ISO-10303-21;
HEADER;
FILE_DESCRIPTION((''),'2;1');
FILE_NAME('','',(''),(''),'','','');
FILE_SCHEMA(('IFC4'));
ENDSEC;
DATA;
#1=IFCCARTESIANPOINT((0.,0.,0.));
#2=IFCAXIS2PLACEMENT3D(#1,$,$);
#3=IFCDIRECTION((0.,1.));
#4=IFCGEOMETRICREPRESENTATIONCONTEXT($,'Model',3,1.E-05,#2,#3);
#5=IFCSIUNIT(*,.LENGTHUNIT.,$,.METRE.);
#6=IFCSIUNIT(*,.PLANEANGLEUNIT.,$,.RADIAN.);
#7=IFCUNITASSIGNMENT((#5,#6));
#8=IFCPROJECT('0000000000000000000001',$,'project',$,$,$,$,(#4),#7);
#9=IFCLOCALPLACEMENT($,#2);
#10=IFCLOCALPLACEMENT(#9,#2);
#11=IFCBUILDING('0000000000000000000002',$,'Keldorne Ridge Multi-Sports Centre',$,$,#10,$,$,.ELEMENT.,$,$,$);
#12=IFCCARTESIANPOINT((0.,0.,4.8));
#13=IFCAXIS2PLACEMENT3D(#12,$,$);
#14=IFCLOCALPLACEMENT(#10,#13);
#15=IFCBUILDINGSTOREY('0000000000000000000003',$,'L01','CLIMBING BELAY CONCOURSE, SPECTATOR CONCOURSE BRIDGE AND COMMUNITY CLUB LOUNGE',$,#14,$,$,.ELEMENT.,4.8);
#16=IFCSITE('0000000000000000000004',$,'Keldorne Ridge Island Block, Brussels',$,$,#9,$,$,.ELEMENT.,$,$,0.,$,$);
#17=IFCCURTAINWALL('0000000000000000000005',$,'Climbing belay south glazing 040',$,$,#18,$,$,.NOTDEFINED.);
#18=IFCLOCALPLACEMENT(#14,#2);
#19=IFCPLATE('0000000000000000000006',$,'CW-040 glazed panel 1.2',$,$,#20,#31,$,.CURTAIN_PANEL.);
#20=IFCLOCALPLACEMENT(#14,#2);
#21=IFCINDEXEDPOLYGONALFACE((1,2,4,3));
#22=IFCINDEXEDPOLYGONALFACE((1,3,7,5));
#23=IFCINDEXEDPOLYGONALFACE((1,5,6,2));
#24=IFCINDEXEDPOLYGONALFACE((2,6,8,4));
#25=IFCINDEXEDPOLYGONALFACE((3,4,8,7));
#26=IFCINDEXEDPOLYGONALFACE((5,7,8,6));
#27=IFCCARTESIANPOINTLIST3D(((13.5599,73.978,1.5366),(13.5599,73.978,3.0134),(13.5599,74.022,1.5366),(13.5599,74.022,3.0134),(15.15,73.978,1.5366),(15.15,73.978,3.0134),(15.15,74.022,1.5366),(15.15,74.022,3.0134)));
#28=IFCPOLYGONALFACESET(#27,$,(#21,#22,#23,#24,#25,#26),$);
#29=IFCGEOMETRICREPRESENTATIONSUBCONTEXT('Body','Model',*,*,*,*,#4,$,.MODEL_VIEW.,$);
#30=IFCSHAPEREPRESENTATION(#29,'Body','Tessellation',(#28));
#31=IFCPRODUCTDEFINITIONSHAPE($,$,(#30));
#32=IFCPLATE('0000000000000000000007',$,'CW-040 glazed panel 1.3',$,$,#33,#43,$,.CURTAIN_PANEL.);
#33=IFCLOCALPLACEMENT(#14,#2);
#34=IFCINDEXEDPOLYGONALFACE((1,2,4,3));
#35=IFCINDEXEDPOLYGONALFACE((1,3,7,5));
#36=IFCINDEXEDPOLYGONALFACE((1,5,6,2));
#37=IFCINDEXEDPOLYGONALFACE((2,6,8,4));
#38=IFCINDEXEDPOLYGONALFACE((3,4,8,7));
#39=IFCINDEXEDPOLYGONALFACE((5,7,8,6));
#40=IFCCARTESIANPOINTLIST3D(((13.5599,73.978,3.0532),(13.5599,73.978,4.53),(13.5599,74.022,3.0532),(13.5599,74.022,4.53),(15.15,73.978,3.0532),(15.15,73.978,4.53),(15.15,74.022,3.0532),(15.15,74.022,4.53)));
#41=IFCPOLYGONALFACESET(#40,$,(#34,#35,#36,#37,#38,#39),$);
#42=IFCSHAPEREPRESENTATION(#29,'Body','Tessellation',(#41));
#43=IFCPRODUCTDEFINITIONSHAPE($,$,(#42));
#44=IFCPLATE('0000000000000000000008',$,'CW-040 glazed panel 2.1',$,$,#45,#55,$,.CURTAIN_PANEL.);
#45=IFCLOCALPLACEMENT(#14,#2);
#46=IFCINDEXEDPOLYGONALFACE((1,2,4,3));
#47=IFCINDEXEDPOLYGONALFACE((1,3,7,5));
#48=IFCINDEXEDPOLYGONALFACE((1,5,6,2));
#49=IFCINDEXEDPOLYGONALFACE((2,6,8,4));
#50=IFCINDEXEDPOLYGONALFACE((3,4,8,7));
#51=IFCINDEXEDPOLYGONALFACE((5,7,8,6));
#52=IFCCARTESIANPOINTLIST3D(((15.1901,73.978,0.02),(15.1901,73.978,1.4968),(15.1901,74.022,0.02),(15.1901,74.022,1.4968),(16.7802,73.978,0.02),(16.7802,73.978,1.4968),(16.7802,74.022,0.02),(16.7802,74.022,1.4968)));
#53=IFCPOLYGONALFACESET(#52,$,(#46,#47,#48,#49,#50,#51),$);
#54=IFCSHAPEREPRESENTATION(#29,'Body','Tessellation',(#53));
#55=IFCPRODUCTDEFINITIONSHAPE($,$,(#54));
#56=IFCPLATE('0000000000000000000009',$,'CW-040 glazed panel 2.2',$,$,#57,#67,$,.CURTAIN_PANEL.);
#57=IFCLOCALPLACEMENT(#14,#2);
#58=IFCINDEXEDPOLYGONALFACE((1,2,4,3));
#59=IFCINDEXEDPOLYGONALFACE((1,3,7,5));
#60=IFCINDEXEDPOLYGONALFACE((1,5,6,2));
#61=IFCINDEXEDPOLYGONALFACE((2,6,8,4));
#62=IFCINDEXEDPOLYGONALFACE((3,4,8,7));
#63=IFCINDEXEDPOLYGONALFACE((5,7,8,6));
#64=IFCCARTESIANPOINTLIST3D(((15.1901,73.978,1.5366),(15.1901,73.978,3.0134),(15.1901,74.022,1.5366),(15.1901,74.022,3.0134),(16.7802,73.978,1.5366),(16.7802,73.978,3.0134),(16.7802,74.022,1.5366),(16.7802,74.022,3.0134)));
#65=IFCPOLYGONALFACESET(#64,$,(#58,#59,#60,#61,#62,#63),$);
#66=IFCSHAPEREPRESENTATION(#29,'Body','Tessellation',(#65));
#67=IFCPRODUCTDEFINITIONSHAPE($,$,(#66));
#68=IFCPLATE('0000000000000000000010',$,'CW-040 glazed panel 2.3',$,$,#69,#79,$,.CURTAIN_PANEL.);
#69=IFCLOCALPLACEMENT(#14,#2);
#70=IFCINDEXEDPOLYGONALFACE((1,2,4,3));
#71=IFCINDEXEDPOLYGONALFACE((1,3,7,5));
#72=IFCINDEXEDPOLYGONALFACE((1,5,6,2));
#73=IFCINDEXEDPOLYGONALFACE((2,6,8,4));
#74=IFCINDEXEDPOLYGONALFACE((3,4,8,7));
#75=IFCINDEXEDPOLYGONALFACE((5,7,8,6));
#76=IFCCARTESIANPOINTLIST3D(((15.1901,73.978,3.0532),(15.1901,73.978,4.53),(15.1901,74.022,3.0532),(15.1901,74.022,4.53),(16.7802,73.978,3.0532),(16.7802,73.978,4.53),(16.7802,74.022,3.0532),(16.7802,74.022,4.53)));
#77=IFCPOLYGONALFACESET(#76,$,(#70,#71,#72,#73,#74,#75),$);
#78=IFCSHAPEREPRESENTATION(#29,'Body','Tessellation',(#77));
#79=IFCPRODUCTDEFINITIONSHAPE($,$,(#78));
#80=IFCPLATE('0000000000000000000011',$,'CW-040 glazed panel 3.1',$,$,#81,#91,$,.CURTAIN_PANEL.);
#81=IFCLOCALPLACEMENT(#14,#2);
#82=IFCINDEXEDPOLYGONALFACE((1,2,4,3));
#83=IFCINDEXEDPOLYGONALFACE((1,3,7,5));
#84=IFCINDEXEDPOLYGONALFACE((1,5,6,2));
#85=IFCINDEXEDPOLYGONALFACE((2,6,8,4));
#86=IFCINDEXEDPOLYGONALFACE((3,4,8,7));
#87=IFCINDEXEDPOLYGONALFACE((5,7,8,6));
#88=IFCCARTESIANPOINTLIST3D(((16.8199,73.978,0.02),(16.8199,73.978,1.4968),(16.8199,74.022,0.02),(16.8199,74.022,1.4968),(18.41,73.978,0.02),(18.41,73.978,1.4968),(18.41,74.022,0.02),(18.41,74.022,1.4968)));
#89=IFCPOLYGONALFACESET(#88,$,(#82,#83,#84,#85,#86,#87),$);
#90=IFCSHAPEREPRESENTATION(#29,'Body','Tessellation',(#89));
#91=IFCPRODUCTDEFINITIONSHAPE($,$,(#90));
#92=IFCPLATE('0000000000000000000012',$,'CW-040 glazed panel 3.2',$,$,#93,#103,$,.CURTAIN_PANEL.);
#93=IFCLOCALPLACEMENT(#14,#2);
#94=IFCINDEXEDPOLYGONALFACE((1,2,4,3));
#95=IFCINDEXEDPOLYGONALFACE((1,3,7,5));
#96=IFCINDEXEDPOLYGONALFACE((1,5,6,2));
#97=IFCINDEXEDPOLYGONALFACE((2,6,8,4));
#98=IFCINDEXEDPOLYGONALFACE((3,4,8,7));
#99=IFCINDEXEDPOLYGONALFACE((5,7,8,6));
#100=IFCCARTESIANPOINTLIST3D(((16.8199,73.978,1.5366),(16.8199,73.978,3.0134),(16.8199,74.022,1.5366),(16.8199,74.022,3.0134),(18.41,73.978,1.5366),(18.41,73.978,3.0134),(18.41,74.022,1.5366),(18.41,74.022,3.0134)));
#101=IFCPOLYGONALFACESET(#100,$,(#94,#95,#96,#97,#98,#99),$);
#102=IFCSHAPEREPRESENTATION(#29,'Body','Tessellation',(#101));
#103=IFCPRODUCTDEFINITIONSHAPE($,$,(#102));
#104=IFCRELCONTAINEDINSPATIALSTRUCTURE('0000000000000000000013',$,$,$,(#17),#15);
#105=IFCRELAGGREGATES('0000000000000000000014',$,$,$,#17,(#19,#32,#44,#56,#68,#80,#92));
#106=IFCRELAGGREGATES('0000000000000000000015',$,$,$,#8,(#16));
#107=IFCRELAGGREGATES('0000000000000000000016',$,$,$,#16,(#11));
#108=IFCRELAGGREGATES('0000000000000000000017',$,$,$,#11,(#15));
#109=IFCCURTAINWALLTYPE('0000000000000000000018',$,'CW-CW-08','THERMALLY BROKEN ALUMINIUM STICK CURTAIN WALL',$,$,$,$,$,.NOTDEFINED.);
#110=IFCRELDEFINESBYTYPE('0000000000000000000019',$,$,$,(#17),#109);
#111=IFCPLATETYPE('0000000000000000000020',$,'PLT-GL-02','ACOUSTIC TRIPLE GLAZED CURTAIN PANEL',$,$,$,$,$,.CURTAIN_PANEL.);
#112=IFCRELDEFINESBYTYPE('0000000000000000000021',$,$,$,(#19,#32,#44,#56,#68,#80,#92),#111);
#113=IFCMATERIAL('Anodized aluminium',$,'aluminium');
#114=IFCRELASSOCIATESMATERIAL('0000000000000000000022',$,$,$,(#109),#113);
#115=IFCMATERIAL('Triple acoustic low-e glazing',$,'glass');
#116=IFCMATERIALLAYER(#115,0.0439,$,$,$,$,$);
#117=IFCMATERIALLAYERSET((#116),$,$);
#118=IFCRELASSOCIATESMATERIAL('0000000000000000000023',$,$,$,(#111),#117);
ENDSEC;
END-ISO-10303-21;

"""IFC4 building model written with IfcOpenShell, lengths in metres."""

from ifc_helpers import new_model, si_unit, direction, frame, origin, origin_2d, place, context, subcontext, project, spatial, rectangle, extrude, material, layer, layer_set, type_object, element, aggregate, save


model = new_model("IFC4")

# Units and contexts
model_context = context("Model", 3, precision=1e-05, world=origin(), true_north=direction((0.0, 1.0)))
body_context = subcontext(model_context, "Body", "Model", "MODEL_VIEW")
ifc_project = project(units=[si_unit("LENGTHUNIT", "METRE"), si_unit("PLANEANGLEUNIT", "RADIAN")], contexts=[model_context])

# Site, building, storey
site_placement = place(None, origin())
site = spatial("IfcSite", under=ifc_project, at=site_placement, Name="Keldorne Ridge Island Block, Brussels", CompositionType="ELEMENT", RefElevation=0.0)
building_placement = place(site_placement, origin())
building = spatial("IfcBuilding", under=site, at=building_placement, Name="Keldorne Ridge Multi-Sports Centre", CompositionType="ELEMENT")
storey_placement = place(building_placement, frame((0.0, 0.0, 4.8)))
storey = spatial("IfcBuildingStorey", under=building, at=storey_placement, Name="L01", Description="CLIMBING BELAY CONCOURSE, SPECTATOR CONCOURSE BRIDGE AND COMMUNITY CLUB LOUNGE", CompositionType="ELEMENT", Elevation=4.8)

# Shared definitions
ifc_material_1 = material(Name="Anodized aluminium", Category="aluminium")

# Curtain wall
curtain_wall_type_1 = type_object("IfcCurtainWallType", Name="CW-CW-08", Description="THERMALLY BROKEN ALUMINIUM STICK CURTAIN WALL", PredefinedType="NOTDEFINED", material=ifc_material_1)
curtain_wall_1_placement = place(storey_placement, origin())
curtain_wall_1 = element("IfcCurtainWall", 1, at=curtain_wall_1_placement, inside=storey, type_object=curtain_wall_type_1, Name="Climbing belay south glazing 040", PredefinedType="NOTDEFINED")

# Plates
ifc_material_2 = material(Name="Triple acoustic low-e glazing", Category="glass")
ifc_layer = layer(ifc_material_2, 0.0439)
ifc_layer_set = layer_set([ifc_layer])
plate_type = type_object("IfcPlateType", Name="PLT-GL-02", Description="ACOUSTIC TRIPLE GLAZED CURTAIN PANEL", PredefinedType="CURTAIN_PANEL", material=ifc_layer_set)
plate_1_placement = place(storey_placement, frame((14.355, 74.0, 1.5366), z_axis=(0.0, 0.0, 1.0), x_axis=(1.0, 0.0, 0.0)))
plate_1 = element("IfcPlate", 2, at=plate_1_placement, type_object=plate_type, Name="CW-040 glazed panel 1.2", PredefinedType="CURTAIN_PANEL", context=body_context, shape_type="SweptSolid", body=[
    extrude(rectangle(XDim=1.5901, YDim=0.0439, at=origin_2d()), origin(), (0.0, 0.0, 1.0), 1.4768),
])
plate_2_placement = place(storey_placement, frame((14.355, 74.0, 3.0532), z_axis=(0.0, 0.0, 1.0), x_axis=(1.0, 0.0, 0.0)))
plate_2 = element("IfcPlate", 3, at=plate_2_placement, type_object=plate_type, Name="CW-040 glazed panel 1.3", PredefinedType="CURTAIN_PANEL", context=body_context, shape_type="SweptSolid", body=[
    extrude(rectangle(XDim=1.5901, YDim=0.0439, at=origin_2d()), origin(), (0.0, 0.0, 1.0), 1.4768),
])
plate_3_placement = place(storey_placement, frame((15.9851, 74.0, 0.02), z_axis=(0.0, 0.0, 1.0), x_axis=(1.0, 0.0, 0.0)))
plate_3 = element("IfcPlate", 4, at=plate_3_placement, type_object=plate_type, Name="CW-040 glazed panel 2.1", PredefinedType="CURTAIN_PANEL", context=body_context, shape_type="SweptSolid", body=[
    extrude(rectangle(XDim=1.5901, YDim=0.0439, at=origin_2d()), origin(), (0.0, 0.0, 1.0), 1.4768),
])
plate_4_placement = place(storey_placement, frame((15.9851, 74.0, 1.5366), z_axis=(0.0, 0.0, 1.0), x_axis=(1.0, 0.0, 0.0)))
plate_4 = element("IfcPlate", 5, at=plate_4_placement, type_object=plate_type, Name="CW-040 glazed panel 2.2", PredefinedType="CURTAIN_PANEL", context=body_context, shape_type="SweptSolid", body=[
    extrude(rectangle(XDim=1.5901, YDim=0.0439, at=origin_2d()), origin(), (0.0, 0.0, 1.0), 1.4768),
])
plate_5_placement = place(storey_placement, frame((15.9851, 74.0, 3.0532), z_axis=(0.0, 0.0, 1.0), x_axis=(1.0, 0.0, 0.0)))
plate_5 = element("IfcPlate", 6, at=plate_5_placement, type_object=plate_type, Name="CW-040 glazed panel 2.3", PredefinedType="CURTAIN_PANEL", context=body_context, shape_type="SweptSolid", body=[
    extrude(rectangle(XDim=1.5901, YDim=0.0439, at=origin_2d()), origin(), (0.0, 0.0, 1.0), 1.4768),
])
plate_6_placement = place(storey_placement, frame((17.615, 74.0, 0.02), z_axis=(0.0, 0.0, 1.0), x_axis=(1.0, 0.0, 0.0)))
plate_6 = element("IfcPlate", 7, at=plate_6_placement, type_object=plate_type, Name="CW-040 glazed panel 3.1", PredefinedType="CURTAIN_PANEL", context=body_context, shape_type="SweptSolid", body=[
    extrude(rectangle(XDim=1.5901, YDim=0.0439, at=origin_2d()), origin(), (0.0, 0.0, 1.0), 1.4768),
])
plate_7_placement = place(storey_placement, frame((17.615, 74.0, 1.5366), z_axis=(0.0, 0.0, 1.0), x_axis=(1.0, 0.0, 0.0)))
plate_7 = element("IfcPlate", 8, at=plate_7_placement, type_object=plate_type, Name="CW-040 glazed panel 3.2", PredefinedType="CURTAIN_PANEL", context=body_context, shape_type="SweptSolid", body=[
    extrude(rectangle(XDim=1.5901, YDim=0.0439, at=origin_2d()), origin(), (0.0, 0.0, 1.0), 1.4768),
])
aggregate(curtain_wall_1, [plate_1, plate_2, plate_3, plate_4, plate_5, plate_6, plate_7])

save(model, "model.ifc")
